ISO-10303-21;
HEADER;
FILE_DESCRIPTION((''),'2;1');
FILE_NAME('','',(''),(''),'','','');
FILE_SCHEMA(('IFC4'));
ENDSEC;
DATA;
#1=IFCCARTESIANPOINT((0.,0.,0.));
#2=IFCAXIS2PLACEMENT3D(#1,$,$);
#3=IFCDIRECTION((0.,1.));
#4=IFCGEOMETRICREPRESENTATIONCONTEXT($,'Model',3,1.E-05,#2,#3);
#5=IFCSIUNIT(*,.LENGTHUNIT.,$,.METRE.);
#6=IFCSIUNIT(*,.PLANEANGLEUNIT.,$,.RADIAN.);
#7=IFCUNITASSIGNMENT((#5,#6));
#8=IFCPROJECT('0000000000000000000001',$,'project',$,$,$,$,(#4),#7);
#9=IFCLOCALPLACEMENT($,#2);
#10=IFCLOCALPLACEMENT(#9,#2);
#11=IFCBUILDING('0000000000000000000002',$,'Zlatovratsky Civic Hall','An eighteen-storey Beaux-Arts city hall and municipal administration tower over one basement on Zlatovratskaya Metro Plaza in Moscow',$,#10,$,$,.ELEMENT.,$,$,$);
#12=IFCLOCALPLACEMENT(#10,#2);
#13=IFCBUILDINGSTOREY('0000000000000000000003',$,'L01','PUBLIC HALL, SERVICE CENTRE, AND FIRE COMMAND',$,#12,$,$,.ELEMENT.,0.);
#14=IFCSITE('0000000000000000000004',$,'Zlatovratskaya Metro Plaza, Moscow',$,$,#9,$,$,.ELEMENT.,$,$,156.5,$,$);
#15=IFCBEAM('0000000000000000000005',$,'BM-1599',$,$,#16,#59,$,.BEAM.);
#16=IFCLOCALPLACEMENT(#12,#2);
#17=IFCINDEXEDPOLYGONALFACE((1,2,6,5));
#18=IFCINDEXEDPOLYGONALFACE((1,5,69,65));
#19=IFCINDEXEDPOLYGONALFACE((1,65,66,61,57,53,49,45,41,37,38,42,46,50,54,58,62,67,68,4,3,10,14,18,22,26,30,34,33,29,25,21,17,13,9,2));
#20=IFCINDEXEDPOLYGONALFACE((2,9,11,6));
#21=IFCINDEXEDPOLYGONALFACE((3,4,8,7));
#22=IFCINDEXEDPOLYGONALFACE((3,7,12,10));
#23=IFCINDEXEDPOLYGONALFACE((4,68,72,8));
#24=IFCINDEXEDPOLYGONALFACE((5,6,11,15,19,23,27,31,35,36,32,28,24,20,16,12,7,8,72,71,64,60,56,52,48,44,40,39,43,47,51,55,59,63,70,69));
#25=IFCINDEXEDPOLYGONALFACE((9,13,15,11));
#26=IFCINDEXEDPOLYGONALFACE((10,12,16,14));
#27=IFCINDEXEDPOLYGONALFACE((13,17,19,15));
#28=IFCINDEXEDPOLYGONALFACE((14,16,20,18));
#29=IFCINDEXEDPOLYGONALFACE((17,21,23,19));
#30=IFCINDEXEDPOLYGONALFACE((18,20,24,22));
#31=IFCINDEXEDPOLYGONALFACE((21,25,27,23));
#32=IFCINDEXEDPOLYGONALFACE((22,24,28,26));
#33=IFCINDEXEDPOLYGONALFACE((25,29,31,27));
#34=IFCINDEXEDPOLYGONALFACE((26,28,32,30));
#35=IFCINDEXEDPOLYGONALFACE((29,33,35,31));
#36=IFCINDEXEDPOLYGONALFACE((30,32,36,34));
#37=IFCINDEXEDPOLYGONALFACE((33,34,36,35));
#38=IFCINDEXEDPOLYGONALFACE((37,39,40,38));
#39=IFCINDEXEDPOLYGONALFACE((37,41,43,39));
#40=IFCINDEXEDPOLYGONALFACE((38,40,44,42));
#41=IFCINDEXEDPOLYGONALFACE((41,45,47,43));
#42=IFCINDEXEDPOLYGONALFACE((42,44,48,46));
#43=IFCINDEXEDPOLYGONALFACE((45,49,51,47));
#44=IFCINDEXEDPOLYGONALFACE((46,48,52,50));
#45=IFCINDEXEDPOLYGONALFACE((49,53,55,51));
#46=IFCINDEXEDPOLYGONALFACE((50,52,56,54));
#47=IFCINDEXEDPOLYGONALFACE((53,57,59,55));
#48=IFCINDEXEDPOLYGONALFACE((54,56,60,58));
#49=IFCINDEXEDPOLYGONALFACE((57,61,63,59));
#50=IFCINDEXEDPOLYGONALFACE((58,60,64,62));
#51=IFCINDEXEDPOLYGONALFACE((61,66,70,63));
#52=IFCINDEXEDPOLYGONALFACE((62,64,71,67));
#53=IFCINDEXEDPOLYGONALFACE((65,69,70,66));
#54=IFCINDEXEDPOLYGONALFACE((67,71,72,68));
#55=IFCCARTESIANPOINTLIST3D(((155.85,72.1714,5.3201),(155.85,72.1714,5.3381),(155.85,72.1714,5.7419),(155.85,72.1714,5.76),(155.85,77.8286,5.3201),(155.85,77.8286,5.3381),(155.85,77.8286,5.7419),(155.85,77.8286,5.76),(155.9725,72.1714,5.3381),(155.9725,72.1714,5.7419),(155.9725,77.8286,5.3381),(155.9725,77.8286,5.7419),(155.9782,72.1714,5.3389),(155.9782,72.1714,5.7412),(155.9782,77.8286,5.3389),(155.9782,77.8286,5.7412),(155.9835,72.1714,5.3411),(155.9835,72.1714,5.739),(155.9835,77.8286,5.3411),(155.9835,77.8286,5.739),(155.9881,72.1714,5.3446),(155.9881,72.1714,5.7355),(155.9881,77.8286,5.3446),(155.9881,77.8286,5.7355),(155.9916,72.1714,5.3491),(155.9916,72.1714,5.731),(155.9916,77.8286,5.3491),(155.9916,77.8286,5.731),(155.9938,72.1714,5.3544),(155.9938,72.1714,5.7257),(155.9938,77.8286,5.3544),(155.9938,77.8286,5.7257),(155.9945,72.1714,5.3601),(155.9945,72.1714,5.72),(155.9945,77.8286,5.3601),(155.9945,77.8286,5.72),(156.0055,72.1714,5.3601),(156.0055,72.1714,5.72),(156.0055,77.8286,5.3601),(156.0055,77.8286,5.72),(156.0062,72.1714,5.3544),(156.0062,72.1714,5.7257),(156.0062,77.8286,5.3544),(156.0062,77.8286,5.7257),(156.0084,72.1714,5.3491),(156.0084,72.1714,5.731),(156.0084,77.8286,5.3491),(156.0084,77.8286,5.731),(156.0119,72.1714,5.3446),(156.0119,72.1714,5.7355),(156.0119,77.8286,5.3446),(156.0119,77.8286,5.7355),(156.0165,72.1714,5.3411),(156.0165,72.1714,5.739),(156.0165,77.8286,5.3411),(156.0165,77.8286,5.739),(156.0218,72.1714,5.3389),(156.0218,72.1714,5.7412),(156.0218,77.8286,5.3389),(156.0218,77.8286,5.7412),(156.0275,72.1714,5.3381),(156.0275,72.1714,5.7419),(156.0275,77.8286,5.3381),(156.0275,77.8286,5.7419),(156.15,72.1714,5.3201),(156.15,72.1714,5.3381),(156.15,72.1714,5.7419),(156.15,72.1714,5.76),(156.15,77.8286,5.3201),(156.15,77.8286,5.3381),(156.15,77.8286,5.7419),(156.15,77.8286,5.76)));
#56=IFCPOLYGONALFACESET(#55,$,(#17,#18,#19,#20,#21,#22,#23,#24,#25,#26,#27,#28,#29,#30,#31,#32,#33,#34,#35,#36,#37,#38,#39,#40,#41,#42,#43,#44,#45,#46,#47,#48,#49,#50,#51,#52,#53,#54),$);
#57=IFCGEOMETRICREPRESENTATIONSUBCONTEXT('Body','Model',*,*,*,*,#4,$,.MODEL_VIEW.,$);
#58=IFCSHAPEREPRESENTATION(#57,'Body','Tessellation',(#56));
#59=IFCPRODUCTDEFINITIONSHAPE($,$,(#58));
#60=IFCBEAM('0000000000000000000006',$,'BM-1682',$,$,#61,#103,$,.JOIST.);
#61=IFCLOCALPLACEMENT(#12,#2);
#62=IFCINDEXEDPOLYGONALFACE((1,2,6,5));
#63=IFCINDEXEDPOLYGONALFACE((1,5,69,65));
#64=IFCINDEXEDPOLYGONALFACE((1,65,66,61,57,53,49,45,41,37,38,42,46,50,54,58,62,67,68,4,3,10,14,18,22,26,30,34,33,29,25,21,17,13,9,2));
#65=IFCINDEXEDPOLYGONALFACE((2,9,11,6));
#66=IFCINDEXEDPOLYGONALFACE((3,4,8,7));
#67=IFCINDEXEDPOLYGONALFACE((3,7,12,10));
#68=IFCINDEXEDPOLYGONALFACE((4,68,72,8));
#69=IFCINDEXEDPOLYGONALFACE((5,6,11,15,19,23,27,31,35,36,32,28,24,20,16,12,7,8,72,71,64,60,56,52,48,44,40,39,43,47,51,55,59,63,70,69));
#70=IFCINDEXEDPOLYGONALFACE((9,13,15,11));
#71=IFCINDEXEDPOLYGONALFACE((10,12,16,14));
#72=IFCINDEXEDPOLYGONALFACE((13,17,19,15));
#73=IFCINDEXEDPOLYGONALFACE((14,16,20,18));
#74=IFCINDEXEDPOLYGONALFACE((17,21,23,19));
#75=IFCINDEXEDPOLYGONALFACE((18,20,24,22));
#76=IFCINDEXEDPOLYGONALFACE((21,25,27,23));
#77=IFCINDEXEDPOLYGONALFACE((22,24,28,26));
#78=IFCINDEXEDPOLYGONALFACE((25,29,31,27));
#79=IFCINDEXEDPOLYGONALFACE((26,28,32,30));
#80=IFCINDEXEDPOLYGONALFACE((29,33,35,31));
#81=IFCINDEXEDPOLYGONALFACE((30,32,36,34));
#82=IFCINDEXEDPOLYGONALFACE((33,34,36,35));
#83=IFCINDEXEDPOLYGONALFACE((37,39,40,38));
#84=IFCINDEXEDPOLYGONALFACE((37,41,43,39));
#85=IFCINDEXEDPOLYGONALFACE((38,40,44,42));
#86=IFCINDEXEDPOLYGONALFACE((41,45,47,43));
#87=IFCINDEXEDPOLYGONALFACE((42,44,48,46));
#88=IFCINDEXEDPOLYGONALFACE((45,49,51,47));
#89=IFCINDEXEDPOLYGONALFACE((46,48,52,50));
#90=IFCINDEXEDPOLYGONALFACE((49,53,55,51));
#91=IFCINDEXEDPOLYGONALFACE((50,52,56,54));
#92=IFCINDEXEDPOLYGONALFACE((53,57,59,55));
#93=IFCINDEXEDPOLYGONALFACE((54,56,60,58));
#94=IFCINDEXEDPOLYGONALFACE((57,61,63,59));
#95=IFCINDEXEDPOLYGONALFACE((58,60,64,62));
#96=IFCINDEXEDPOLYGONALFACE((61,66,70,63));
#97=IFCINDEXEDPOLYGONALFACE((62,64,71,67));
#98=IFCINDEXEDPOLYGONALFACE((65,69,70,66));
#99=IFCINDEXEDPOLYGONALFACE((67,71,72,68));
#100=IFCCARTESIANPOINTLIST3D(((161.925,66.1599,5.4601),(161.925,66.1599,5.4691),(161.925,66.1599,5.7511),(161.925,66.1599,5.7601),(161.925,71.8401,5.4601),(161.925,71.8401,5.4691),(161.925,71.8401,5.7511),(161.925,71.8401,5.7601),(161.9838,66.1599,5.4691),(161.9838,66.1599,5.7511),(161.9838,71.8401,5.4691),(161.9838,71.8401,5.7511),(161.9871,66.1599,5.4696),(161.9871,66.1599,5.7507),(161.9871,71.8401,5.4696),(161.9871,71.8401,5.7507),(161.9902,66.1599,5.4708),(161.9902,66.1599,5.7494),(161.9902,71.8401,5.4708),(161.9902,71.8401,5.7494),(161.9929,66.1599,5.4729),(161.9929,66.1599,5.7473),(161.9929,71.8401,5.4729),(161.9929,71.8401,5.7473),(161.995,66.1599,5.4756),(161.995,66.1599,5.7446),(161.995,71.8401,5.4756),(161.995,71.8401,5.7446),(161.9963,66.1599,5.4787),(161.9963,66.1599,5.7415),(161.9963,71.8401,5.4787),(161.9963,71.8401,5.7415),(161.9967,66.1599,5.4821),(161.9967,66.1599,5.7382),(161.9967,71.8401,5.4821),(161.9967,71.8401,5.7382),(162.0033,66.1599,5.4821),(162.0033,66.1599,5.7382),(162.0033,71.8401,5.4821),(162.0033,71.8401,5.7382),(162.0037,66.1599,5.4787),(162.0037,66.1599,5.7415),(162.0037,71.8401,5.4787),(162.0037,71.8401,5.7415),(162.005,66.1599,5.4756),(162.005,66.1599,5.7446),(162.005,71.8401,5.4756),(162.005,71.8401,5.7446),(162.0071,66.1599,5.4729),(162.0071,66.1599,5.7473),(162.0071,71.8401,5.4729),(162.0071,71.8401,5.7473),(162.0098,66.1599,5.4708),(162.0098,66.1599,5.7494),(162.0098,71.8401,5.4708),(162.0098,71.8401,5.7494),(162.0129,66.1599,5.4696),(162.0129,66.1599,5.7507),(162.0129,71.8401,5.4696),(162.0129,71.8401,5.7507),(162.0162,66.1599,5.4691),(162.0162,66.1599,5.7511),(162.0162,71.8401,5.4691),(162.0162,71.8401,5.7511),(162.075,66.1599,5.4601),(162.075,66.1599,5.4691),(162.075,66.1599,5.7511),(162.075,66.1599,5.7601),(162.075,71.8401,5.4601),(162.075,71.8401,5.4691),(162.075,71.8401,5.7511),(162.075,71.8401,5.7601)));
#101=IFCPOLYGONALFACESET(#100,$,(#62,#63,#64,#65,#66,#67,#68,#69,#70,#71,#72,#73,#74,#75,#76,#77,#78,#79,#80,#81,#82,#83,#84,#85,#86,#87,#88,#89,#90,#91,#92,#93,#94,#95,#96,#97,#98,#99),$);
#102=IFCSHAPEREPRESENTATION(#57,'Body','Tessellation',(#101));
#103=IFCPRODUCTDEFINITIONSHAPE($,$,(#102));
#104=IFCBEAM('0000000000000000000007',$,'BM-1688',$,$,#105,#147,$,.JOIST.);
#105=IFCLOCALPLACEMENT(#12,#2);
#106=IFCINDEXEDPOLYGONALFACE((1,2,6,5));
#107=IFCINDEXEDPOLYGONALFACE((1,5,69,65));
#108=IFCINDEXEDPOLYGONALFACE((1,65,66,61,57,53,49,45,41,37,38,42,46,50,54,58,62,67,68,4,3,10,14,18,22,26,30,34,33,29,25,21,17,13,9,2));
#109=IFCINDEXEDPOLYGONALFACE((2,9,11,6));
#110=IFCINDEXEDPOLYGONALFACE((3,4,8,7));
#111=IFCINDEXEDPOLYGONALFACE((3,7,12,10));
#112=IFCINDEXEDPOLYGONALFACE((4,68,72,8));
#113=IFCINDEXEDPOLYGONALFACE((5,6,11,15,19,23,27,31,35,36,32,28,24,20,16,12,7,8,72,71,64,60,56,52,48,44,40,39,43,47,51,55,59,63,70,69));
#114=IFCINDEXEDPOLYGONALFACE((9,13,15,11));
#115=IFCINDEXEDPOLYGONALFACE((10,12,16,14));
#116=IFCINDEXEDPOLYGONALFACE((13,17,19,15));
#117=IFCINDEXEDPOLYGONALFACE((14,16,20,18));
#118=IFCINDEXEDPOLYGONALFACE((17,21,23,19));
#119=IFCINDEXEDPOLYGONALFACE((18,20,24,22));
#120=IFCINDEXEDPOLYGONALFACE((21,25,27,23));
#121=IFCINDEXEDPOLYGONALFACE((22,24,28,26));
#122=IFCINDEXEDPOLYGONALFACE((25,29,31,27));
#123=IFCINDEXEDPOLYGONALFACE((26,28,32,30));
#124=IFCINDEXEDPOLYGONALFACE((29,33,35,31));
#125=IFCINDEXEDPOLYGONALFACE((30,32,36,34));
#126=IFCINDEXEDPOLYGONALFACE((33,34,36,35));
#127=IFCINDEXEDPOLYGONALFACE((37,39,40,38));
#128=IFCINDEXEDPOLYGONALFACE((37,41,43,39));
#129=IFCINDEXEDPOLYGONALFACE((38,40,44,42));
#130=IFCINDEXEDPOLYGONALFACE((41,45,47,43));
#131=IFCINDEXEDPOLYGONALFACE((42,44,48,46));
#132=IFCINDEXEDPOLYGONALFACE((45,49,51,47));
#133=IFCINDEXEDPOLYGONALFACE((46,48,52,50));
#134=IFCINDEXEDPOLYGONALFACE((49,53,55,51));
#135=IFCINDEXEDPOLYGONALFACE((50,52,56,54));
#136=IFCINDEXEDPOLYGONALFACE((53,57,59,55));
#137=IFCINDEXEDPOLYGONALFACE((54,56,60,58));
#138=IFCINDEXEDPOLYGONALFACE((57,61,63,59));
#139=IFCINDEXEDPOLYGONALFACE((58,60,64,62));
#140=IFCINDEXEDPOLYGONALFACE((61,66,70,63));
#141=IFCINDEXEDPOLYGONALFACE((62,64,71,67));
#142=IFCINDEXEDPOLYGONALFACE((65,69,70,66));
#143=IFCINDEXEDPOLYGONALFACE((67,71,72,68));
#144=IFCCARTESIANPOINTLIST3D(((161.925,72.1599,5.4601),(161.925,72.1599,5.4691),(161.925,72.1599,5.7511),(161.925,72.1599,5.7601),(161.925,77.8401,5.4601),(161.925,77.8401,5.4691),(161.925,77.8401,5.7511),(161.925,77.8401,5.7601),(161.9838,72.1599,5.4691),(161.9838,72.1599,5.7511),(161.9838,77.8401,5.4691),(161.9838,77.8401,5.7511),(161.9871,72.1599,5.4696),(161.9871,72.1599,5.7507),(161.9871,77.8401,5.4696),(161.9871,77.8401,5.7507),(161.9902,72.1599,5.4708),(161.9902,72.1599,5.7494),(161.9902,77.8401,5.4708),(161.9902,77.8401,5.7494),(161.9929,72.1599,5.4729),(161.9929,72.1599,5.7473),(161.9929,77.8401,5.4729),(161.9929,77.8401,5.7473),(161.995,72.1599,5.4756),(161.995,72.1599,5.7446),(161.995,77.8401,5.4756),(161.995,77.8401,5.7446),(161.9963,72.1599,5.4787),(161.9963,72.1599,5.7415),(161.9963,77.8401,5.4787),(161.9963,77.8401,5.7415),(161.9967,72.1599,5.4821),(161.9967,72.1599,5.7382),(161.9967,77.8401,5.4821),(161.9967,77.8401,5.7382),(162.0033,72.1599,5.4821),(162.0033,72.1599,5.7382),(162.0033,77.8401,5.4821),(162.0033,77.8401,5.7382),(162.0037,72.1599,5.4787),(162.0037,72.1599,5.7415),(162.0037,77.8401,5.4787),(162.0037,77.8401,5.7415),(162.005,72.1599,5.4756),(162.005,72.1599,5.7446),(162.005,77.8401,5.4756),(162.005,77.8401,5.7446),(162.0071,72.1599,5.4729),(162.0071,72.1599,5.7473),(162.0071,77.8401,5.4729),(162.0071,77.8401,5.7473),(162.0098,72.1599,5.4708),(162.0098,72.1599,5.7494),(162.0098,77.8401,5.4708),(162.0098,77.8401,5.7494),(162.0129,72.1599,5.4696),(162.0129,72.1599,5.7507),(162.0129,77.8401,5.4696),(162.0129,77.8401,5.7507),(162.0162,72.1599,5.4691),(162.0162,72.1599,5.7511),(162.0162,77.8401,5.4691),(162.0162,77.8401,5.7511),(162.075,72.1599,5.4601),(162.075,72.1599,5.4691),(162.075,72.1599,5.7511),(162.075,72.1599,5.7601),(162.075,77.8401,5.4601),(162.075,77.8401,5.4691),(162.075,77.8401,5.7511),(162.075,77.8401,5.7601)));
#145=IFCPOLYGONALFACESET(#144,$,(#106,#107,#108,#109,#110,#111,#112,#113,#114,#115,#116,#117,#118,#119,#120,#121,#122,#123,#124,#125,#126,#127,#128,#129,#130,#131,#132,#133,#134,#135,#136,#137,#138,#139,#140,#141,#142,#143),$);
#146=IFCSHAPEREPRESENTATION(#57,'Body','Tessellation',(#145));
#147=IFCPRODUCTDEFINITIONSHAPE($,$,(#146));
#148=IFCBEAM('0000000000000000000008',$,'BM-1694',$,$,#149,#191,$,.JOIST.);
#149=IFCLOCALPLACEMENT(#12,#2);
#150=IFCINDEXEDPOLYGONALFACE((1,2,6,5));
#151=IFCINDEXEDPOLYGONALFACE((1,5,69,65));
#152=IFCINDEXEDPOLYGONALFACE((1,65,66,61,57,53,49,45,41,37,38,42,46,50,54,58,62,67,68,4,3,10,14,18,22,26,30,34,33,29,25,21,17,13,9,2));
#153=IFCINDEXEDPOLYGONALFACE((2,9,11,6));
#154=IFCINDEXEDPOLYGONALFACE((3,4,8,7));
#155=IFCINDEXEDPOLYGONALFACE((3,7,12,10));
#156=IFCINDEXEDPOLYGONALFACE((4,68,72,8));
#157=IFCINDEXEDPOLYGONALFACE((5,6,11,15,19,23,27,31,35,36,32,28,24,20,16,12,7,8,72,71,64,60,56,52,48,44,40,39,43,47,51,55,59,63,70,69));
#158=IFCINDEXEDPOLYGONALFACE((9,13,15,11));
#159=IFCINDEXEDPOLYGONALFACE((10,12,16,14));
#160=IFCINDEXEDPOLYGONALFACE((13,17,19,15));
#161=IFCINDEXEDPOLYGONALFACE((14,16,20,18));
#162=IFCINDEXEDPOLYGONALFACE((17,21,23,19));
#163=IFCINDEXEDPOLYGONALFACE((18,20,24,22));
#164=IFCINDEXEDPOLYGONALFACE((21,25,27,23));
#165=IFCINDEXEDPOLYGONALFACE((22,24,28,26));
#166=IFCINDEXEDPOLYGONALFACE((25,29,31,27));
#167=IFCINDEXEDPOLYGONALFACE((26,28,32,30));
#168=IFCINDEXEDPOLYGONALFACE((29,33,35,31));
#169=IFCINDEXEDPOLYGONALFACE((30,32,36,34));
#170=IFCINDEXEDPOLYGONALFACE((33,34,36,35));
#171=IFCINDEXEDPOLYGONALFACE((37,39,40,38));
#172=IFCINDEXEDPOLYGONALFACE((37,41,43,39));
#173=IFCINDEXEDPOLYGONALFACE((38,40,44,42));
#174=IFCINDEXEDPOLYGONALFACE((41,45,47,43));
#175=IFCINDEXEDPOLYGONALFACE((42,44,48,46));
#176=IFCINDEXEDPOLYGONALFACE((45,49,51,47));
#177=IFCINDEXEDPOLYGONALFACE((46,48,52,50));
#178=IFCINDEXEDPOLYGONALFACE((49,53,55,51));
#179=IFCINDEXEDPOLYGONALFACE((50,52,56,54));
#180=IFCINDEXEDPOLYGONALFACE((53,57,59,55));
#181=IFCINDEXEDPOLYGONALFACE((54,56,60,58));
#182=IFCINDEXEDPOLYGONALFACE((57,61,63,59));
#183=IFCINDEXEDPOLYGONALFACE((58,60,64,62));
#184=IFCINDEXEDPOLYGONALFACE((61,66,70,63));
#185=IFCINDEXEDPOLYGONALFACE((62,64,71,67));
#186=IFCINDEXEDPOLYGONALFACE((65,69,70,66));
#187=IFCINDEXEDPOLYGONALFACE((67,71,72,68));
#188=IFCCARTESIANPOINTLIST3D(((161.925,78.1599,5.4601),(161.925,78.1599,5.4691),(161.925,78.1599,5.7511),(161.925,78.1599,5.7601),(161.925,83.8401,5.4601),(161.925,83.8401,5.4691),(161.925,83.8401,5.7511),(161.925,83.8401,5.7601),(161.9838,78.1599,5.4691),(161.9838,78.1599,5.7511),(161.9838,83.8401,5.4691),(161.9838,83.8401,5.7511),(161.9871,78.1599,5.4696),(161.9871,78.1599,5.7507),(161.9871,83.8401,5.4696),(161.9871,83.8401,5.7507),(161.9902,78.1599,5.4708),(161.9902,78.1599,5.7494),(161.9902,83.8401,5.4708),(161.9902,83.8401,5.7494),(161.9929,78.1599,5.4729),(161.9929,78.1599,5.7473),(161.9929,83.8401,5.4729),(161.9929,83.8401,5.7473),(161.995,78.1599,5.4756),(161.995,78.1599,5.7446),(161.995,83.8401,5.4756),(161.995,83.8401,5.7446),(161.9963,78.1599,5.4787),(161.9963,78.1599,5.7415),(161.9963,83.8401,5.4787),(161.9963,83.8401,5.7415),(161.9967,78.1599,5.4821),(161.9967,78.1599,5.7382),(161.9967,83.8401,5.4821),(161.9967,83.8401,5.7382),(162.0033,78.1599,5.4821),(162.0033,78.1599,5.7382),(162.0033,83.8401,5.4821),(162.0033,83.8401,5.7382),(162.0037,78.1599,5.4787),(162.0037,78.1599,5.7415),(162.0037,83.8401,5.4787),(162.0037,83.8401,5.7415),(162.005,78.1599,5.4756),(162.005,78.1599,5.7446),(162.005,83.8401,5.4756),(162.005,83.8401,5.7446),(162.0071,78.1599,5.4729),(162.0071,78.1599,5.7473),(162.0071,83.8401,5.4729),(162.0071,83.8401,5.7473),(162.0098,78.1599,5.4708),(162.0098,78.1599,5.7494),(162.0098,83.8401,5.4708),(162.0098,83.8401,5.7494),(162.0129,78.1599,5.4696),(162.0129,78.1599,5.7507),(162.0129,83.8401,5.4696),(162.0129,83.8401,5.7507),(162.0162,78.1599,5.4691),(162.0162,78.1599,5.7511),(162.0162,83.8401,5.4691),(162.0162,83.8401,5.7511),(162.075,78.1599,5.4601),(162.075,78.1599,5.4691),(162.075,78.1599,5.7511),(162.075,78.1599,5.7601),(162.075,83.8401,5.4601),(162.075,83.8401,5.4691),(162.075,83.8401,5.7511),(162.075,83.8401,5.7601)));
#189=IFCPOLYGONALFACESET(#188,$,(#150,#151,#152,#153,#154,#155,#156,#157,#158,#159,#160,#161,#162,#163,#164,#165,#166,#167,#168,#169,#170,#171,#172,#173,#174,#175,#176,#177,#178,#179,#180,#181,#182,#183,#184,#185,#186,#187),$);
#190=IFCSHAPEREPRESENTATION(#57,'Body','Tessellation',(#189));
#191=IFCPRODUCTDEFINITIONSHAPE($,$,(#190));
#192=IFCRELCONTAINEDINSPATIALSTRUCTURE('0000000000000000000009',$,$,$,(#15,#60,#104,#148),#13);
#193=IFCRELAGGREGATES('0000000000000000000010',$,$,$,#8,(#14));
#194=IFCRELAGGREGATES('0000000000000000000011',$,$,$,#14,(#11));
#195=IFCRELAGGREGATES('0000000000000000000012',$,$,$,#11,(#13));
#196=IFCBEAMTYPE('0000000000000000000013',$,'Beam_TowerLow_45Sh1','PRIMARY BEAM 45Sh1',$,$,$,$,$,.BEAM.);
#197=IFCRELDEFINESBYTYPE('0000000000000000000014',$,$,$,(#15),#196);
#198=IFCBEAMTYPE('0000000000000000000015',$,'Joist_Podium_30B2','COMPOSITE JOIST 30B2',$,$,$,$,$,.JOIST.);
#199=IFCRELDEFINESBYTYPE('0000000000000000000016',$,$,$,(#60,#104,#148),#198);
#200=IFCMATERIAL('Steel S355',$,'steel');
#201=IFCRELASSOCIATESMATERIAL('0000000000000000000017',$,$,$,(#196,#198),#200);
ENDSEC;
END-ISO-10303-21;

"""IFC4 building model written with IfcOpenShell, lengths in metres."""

from ifc_helpers import new_model, si_unit, direction, frame, origin, origin_2d, place, context, subcontext, project, spatial, i_section, extrude, material, material_profile, profile_set, type_object, element, save


model = new_model("IFC4")

# Units and contexts
model_context = context("Model", 3, precision=1e-05, world=origin(), true_north=direction((0.0, 1.0)))
body_context = subcontext(model_context, "Body", "Model", "MODEL_VIEW")
ifc_project = project(units=[si_unit("LENGTHUNIT", "METRE"), si_unit("PLANEANGLEUNIT", "RADIAN")], contexts=[model_context])

# Site, building, storey
site_placement = place(None, origin())
site = spatial("IfcSite", under=ifc_project, at=site_placement, Name="Zlatovratskaya Metro Plaza, Moscow", CompositionType="ELEMENT", RefElevation=156.5)
building_placement = place(site_placement, origin())
building = spatial("IfcBuilding", under=site, at=building_placement, Name="Zlatovratsky Civic Hall", Description="An eighteen-storey Beaux-Arts city hall and municipal administration tower over one basement on Zlatovratskaya Metro Plaza in Moscow", CompositionType="ELEMENT")
storey_placement = place(building_placement, origin())
storey = spatial("IfcBuildingStorey", under=building, at=storey_placement, Name="L01", Description="PUBLIC HALL, SERVICE CENTRE, AND FIRE COMMAND", CompositionType="ELEMENT", Elevation=0.0)

# Shared definitions
ifc_material_1 = material(Name="Steel S355", Category="steel")

# Beams
ifc_material_profile_1 = material_profile(ifc_material_1, i_section(OverallWidth=0.3, OverallDepth=0.4399, WebThickness=0.011, FlangeThickness=0.0181, FilletRadius=0.022, at=origin_2d()), Name="45Sh1")
ifc_profile_set_1 = profile_set([ifc_material_profile_1], Name="Steel S355")
beam_type_1 = type_object("IfcBeamType", Name="Beam_TowerLow_45Sh1", Description="PRIMARY BEAM 45Sh1", PredefinedType="BEAM", material=ifc_profile_set_1)
for number, where, z_axis, x_axis, name in (
    (1, (156.0, 72.1714, 5.54), (0.0, 1.0, 0.0), (-1.0, 0.0, 0.0), "BM-1599"),
):
    element("IfcBeam", number, at=place(storey_placement, frame(where, z_axis=z_axis, x_axis=x_axis)), inside=storey, type_object=beam_type_1, Name=name, PredefinedType="BEAM", context=body_context, shape_type="SweptSolid", body=[
        extrude(i_section(OverallWidth=0.3, OverallDepth=0.4399, WebThickness=0.011, FlangeThickness=0.0181, FilletRadius=0.022, at=origin_2d()), origin(), (0.0, 0.0, 1.0), 5.6572),
    ])
ifc_material_profile_2 = material_profile(ifc_material_1, i_section(OverallWidth=0.1499, OverallDepth=0.3, WebThickness=0.0066, FlangeThickness=0.009, FilletRadius=0.0129, at=origin_2d()), Name="30B2")
ifc_profile_set_2 = profile_set([ifc_material_profile_2], Name="Steel S355")
beam_type_2 = type_object("IfcBeamType", Name="Joist_Podium_30B2", Description="COMPOSITE JOIST 30B2", PredefinedType="JOIST", material=ifc_profile_set_2)
for number, where, z_axis, x_axis, name in (
    (2, (162.0, 66.1599, 5.6101), (0.0, 1.0, 0.0), (-1.0, 0.0, 0.0), "BM-1682"),
    (3, (162.0, 72.1599, 5.6101), (0.0, 1.0, 0.0), (-1.0, 0.0, 0.0), "BM-1688"),
    (4, (162.0, 78.1599, 5.6101), (0.0, 1.0, 0.0), (-1.0, 0.0, 0.0), "BM-1694"),
):
    element("IfcBeam", number, at=place(storey_placement, frame(where, z_axis=z_axis, x_axis=x_axis)), inside=storey, type_object=beam_type_2, Name=name, PredefinedType="JOIST", context=body_context, shape_type="SweptSolid", body=[
        extrude(i_section(OverallWidth=0.1499, OverallDepth=0.3, WebThickness=0.0066, FlangeThickness=0.009, FilletRadius=0.0129, at=origin_2d()), origin(), (0.0, 0.0, 1.0), 5.6802),
    ])

save(model, "model.ifc")
